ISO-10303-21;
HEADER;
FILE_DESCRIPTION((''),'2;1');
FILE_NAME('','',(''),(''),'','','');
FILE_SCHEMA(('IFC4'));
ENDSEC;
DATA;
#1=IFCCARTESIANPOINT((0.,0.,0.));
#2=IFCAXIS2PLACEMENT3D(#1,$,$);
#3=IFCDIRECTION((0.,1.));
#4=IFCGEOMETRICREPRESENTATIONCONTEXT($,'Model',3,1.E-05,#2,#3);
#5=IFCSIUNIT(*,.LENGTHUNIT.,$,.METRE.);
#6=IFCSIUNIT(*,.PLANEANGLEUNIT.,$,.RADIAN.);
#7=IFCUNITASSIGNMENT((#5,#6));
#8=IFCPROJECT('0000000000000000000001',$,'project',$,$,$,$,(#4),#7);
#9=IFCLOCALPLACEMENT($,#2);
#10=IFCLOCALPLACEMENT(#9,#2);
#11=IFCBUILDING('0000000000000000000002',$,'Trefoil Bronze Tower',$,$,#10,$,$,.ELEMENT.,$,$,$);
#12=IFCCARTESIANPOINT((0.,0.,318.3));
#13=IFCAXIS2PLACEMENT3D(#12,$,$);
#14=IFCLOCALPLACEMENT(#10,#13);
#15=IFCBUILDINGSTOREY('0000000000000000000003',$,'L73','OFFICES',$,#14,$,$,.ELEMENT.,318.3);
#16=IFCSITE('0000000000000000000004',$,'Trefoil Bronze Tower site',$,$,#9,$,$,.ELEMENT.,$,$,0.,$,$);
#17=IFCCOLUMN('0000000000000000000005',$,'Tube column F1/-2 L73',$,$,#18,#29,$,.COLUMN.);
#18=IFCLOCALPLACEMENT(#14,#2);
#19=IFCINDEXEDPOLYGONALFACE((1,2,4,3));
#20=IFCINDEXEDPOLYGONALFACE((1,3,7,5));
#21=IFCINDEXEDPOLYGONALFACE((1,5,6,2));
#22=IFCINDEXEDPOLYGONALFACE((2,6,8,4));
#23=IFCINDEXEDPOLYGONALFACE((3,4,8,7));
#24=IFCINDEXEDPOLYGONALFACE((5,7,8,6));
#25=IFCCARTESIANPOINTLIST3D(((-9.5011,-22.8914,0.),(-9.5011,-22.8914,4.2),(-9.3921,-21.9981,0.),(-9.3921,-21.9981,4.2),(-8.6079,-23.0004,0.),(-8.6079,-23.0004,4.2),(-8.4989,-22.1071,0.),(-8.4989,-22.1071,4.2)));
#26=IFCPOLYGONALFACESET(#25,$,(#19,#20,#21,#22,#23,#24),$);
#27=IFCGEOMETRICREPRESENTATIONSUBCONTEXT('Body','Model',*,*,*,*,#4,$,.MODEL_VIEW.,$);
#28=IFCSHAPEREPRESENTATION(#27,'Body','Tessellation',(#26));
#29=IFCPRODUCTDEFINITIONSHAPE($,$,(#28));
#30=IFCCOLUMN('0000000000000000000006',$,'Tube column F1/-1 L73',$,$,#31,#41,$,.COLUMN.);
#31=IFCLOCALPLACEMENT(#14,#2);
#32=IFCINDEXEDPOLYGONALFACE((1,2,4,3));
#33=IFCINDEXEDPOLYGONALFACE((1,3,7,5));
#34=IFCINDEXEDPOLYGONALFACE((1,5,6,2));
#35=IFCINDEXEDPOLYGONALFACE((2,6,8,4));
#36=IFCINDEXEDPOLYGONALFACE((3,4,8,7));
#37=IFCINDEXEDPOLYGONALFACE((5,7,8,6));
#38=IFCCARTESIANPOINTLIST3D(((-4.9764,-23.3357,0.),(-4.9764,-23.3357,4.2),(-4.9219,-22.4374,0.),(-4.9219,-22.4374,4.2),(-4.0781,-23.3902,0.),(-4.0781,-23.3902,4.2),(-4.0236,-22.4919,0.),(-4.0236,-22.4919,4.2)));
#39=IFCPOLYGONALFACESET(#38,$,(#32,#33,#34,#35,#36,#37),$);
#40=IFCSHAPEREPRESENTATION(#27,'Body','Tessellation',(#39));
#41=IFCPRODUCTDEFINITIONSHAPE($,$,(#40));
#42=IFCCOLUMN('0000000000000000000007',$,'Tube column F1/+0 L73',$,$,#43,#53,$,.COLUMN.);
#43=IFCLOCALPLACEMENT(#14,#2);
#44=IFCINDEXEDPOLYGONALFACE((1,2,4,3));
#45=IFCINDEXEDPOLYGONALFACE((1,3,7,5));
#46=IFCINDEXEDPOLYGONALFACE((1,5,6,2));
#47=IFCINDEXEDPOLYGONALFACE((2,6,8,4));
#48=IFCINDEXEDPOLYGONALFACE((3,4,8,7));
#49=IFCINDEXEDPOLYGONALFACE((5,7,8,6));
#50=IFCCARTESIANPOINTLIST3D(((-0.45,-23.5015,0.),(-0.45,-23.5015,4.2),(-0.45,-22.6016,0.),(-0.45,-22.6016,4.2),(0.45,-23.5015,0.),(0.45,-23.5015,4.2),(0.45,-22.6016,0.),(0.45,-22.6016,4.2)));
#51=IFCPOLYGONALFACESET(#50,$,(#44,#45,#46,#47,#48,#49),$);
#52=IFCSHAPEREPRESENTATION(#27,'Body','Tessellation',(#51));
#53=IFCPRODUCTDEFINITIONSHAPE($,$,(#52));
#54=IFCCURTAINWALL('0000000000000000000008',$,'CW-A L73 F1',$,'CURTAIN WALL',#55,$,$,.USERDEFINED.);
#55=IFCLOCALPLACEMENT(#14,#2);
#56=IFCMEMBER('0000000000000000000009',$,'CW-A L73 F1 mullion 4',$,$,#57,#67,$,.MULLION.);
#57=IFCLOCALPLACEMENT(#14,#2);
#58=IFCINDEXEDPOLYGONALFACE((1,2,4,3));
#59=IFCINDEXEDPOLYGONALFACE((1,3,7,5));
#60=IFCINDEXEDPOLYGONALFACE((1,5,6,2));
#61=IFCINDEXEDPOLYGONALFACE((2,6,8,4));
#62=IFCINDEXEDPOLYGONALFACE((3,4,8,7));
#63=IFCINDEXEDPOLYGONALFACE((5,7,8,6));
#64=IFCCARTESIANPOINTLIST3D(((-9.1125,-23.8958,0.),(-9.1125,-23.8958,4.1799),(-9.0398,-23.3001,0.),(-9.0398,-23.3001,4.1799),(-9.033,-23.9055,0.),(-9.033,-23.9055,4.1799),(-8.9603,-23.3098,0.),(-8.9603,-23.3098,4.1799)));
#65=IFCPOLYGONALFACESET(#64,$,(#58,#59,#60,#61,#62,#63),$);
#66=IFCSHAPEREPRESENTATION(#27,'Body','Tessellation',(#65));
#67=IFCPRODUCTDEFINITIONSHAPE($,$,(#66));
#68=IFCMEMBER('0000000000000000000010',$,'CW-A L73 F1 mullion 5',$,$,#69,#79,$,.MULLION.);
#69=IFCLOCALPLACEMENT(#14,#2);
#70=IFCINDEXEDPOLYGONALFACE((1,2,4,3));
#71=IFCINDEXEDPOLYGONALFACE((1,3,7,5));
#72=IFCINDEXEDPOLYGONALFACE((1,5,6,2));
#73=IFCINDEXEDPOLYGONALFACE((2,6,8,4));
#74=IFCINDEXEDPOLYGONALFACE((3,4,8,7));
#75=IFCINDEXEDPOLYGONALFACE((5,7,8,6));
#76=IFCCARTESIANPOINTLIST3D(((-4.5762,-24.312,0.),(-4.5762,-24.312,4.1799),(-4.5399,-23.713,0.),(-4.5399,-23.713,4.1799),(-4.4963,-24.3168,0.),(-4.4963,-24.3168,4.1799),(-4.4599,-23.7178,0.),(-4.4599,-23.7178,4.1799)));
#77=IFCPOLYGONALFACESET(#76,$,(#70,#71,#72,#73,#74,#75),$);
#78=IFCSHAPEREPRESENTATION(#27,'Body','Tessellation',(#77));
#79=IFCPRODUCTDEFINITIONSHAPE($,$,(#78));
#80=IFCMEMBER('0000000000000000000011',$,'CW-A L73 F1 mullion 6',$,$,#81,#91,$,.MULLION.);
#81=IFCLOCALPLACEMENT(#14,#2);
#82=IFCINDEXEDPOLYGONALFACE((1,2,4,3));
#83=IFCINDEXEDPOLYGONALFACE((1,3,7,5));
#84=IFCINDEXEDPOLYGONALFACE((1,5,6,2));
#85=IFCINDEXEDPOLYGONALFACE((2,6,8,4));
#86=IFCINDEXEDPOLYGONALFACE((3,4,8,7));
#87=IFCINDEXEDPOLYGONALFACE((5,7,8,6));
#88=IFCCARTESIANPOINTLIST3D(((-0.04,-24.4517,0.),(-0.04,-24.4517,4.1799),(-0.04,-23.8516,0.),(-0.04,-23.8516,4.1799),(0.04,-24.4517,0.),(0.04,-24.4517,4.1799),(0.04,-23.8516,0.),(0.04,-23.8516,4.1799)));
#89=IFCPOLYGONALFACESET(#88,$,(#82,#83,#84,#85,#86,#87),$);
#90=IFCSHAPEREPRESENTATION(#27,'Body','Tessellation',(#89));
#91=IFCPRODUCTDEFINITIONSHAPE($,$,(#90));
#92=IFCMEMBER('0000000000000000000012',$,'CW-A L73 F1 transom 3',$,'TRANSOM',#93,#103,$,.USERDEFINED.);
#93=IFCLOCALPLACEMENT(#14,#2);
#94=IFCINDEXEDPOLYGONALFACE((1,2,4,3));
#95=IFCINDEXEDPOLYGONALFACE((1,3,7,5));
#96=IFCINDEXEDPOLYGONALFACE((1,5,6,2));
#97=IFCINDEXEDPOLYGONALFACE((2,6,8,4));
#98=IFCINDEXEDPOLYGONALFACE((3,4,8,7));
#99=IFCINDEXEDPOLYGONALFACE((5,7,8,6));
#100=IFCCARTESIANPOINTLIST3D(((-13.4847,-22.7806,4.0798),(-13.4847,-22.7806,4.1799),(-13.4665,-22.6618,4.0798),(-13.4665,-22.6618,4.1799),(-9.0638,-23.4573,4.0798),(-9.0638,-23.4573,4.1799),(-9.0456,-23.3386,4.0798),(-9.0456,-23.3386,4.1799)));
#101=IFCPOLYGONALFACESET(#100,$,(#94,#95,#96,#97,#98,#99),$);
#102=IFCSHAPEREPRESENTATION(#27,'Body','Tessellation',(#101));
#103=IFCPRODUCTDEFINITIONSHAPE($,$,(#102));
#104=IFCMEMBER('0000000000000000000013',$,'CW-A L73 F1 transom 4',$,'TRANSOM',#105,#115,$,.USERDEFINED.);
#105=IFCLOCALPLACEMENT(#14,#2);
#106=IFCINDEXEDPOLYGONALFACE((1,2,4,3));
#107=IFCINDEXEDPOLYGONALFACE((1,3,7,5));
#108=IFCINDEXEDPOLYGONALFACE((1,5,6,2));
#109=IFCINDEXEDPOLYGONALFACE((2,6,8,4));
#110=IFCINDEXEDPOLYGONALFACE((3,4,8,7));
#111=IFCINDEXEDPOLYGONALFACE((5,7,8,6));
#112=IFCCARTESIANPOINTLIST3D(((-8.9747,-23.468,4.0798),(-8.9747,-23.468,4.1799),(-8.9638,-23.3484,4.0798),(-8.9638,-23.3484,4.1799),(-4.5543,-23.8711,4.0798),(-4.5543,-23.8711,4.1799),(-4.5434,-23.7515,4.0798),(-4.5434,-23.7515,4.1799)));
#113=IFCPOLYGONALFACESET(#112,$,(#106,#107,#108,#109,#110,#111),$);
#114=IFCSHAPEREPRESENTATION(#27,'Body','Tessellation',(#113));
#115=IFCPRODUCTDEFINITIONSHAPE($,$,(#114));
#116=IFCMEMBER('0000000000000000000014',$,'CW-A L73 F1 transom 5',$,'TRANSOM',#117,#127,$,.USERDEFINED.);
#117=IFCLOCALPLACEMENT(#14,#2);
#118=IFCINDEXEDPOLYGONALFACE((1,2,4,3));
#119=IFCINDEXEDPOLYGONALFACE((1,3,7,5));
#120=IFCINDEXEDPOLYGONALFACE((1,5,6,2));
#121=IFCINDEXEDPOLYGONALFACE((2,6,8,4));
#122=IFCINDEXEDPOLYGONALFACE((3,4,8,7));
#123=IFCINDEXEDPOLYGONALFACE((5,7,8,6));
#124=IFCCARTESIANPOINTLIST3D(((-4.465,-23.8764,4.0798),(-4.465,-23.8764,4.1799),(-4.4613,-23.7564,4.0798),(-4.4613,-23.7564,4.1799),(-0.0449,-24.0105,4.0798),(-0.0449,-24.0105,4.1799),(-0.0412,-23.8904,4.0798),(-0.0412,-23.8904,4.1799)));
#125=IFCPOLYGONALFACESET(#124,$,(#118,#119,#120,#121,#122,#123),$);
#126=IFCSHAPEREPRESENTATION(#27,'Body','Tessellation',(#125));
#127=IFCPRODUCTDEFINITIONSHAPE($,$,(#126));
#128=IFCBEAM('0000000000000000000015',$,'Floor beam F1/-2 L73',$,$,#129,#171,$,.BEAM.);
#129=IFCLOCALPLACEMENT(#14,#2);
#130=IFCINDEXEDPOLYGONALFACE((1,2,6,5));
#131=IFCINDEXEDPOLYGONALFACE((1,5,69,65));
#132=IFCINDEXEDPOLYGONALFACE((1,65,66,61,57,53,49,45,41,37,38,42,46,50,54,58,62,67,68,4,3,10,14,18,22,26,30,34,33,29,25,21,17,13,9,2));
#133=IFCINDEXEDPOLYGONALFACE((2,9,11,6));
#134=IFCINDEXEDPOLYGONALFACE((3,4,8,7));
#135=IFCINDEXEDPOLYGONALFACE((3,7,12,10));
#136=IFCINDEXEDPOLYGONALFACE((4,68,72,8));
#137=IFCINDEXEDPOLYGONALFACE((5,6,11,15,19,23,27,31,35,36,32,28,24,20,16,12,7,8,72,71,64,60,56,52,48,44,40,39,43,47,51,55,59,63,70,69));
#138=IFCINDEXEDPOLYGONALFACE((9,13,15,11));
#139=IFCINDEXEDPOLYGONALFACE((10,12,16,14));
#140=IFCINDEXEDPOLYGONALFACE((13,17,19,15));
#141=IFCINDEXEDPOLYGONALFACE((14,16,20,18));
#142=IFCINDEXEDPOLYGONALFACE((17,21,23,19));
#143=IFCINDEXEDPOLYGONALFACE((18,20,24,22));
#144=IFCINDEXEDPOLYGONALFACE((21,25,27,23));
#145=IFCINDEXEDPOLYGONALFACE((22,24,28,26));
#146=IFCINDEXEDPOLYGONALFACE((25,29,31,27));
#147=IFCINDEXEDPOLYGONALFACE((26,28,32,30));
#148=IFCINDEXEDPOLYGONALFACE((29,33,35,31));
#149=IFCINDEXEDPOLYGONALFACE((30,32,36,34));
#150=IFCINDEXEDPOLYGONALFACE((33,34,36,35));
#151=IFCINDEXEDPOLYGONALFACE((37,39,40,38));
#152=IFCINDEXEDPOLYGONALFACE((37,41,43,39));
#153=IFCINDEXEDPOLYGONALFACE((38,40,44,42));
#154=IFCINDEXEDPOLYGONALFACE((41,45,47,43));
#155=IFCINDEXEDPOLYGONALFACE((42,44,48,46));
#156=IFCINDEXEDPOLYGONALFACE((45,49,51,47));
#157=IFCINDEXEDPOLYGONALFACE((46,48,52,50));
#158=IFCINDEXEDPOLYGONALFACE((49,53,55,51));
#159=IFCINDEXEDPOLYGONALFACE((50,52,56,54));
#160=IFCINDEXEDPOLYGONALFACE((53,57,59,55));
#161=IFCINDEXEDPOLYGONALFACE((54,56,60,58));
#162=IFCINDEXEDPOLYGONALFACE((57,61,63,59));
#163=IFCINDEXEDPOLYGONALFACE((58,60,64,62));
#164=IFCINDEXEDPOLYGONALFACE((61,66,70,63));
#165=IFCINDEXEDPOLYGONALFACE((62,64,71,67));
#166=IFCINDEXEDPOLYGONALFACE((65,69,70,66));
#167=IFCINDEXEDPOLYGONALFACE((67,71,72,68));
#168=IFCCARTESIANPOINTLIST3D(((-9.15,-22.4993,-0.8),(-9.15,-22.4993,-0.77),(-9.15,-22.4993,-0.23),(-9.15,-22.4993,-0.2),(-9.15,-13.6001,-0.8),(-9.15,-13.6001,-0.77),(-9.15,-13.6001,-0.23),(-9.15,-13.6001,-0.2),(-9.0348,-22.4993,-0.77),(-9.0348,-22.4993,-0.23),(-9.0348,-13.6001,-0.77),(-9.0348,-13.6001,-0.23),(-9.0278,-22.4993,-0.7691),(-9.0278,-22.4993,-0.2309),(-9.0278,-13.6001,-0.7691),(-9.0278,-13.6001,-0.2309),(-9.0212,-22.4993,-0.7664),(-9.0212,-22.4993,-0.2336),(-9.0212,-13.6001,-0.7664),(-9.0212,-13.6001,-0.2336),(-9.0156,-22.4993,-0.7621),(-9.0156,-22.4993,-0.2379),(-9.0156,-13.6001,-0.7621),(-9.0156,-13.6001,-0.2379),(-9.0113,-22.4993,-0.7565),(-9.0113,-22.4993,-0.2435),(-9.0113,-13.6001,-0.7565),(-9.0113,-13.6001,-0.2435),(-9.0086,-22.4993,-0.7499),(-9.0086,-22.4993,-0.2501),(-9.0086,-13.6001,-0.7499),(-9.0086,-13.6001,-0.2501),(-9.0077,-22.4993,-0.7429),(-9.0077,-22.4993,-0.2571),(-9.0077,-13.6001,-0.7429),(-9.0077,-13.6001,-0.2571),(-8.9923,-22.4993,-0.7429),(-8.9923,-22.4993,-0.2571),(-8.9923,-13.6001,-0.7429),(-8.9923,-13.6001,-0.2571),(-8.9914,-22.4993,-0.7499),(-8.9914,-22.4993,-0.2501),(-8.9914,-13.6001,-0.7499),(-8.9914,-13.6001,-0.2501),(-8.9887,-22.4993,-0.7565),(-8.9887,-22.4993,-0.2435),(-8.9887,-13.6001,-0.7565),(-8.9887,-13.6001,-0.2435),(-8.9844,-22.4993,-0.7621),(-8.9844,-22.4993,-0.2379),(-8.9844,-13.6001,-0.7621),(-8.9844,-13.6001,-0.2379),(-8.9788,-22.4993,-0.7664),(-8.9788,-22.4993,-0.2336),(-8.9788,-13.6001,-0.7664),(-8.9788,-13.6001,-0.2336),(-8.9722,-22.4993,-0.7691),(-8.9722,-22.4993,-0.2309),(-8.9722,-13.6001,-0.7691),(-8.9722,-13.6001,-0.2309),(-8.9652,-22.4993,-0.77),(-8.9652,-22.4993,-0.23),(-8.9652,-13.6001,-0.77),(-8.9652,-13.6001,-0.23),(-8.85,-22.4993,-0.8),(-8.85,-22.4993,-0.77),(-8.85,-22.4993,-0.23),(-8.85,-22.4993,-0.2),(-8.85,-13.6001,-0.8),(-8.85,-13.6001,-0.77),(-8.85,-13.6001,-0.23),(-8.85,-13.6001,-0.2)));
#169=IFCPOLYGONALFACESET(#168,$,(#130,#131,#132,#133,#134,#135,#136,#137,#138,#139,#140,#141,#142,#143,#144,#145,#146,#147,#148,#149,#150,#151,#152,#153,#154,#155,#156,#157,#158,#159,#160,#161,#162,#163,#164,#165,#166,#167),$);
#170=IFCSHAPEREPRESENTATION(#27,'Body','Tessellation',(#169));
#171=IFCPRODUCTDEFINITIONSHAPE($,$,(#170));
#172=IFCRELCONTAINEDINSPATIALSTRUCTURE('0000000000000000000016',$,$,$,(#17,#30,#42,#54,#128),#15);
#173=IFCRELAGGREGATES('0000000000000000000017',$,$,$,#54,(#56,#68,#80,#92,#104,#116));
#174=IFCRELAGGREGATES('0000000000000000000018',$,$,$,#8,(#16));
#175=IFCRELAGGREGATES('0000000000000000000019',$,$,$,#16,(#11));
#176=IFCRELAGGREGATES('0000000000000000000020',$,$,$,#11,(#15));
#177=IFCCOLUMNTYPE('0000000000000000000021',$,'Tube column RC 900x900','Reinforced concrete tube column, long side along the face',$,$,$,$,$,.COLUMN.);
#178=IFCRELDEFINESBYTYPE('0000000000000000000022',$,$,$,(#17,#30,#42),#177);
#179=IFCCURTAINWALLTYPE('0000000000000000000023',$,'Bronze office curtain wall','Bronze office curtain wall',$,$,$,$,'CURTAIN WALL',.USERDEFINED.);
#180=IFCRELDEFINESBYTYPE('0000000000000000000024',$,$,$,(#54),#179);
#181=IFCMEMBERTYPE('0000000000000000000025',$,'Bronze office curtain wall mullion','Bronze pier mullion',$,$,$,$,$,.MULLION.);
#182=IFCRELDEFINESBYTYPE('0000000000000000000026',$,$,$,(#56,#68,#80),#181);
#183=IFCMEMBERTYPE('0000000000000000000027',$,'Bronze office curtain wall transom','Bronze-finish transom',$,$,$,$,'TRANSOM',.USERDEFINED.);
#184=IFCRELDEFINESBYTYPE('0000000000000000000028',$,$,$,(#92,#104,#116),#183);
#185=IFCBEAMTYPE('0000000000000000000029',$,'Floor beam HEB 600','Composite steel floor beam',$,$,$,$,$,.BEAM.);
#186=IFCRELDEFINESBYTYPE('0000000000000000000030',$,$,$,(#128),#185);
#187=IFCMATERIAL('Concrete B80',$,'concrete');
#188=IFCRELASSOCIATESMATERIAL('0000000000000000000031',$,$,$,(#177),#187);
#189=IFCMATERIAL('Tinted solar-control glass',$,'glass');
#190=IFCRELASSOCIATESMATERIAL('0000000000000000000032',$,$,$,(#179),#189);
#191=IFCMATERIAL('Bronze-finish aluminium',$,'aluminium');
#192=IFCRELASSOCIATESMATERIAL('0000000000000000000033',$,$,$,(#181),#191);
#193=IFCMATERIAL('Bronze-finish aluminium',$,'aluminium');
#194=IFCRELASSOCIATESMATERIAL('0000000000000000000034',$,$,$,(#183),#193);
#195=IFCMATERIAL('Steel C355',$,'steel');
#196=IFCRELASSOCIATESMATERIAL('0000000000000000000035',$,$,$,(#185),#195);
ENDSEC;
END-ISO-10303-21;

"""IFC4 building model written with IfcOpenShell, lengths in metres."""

from ifc_helpers import new_model, si_unit, direction, frame, origin, origin_2d, place, context, subcontext, project, spatial, rectangle, i_section, extrude, material, material_profile, profile_set, type_object, element, aggregate, save


model = new_model("IFC4")

# Units and contexts
model_context = context("Model", 3, precision=1e-05, world=origin(), true_north=direction((0.0, 1.0)))
body_context = subcontext(model_context, "Body", "Model", "MODEL_VIEW")
ifc_project = project(units=[si_unit("LENGTHUNIT", "METRE"), si_unit("PLANEANGLEUNIT", "RADIAN")], contexts=[model_context])

# Site, building, storey
site_placement = place(None, origin())
site = spatial("IfcSite", under=ifc_project, at=site_placement, Name="Trefoil Bronze Tower site", CompositionType="ELEMENT", RefElevation=0.0)
building_placement = place(site_placement, origin())
building = spatial("IfcBuilding", under=site, at=building_placement, Name="Trefoil Bronze Tower", CompositionType="ELEMENT")
storey_placement = place(building_placement, frame((0.0, 0.0, 318.3)))
storey = spatial("IfcBuildingStorey", under=building, at=storey_placement, Name="L73", Description="OFFICES", CompositionType="ELEMENT", Elevation=318.3)

# Columns
ifc_material_1 = material(Name="Concrete B80", Category="concrete")
ifc_material_profile_1 = material_profile(ifc_material_1, rectangle(XDim=0.8999, YDim=0.8999, at=origin_2d()), Name="RC 900x900")
ifc_profile_set_1 = profile_set([ifc_material_profile_1], Name="Concrete B80")
column_type = type_object("IfcColumnType", Name="Tube column RC 900x900", Description="Reinforced concrete tube column, long side along the face", PredefinedType="COLUMN", material=ifc_profile_set_1)
for number, where, z_axis, x_axis, name in (
    (1, (-9.0, -22.4993, 0.0), (0.0, 0.0, 1.0), (0.992639, -0.121109, 0.0), "Tube column F1/-2 L73"),
    (2, (-4.5, -22.9138, 0.0), (0.0, 0.0, 1.0), (0.998165, -0.060554, 0.0), "Tube column F1/-1 L73"),
    (3, (0.0, -23.0515, 0.0), (0.0, 0.0, 1.0), (1.0, 0.0, 0.0), "Tube column F1/+0 L73"),
):
    element("IfcColumn", number, at=place(storey_placement, frame(where, z_axis=z_axis, x_axis=x_axis)), inside=storey, type_object=column_type, Name=name, PredefinedType="COLUMN", context=body_context, shape_type="SweptSolid", body=[
        extrude(rectangle(XDim=0.8999, YDim=0.8999, at=origin_2d()), origin(), (0.0, 0.0, 1.0), 4.2),
    ])

# Curtain wall, members
ifc_material_2 = material(Name="Tinted solar-control glass", Category="glass")
curtain_wall_type = type_object("IfcCurtainWallType", Name="Bronze office curtain wall", Description="Bronze office curtain wall", ElementType="CURTAIN WALL", PredefinedType="USERDEFINED", material=ifc_material_2)
curtain_wall_placement = place(storey_placement, origin())
curtain_wall = element("IfcCurtainWall", 4, at=curtain_wall_placement, inside=storey, type_object=curtain_wall_type, Name="CW-A L73 F1", ObjectType="CURTAIN WALL", PredefinedType="USERDEFINED")
ifc_material_3 = material(Name="Bronze-finish aluminium", Category="aluminium")
ifc_material_profile_2 = material_profile(ifc_material_3, rectangle(XDim=0.6001, YDim=0.0801, at=origin_2d()), Name="CW-A mullion")
ifc_profile_set_2 = profile_set([ifc_material_profile_2], Name="Bronze-finish aluminium")
member_type_1 = type_object("IfcMemberType", Name="Bronze office curtain wall mullion", Description="Bronze pier mullion", PredefinedType="MULLION", material=ifc_profile_set_2)
member_1_placement = place(storey_placement, frame((-9.0364, -23.6028, 0.0), z_axis=(0.0, 0.0, 1.0), x_axis=(0.121109, 0.992639, 0.0)))
member_1 = element("IfcMember", 5, at=member_1_placement, type_object=member_type_1, Name="CW-A L73 F1 mullion 4", PredefinedType="MULLION", context=body_context, shape_type="SweptSolid", body=[
    extrude(rectangle(XDim=0.6001, YDim=0.0801, at=origin_2d()), origin(), (0.0, 0.0, 1.0), 4.1799),
])
member_2_placement = place(storey_placement, frame((-4.5181, -24.0149, 0.0), z_axis=(0.0, 0.0, 1.0), x_axis=(0.060554, 0.998165, 0.0)))
member_2 = element("IfcMember", 6, at=member_2_placement, type_object=member_type_1, Name="CW-A L73 F1 mullion 5", PredefinedType="MULLION", context=body_context, shape_type="SweptSolid", body=[
    extrude(rectangle(XDim=0.6001, YDim=0.0801, at=origin_2d()), origin(), (0.0, 0.0, 1.0), 4.1799),
])
member_3_placement = place(storey_placement, frame((0.0, -24.1516, 0.0), z_axis=(0.0, 0.0, 1.0), x_axis=(0.0, 1.0, 0.0)))
member_3 = element("IfcMember", 7, at=member_3_placement, type_object=member_type_1, Name="CW-A L73 F1 mullion 6", PredefinedType="MULLION", context=body_context, shape_type="SweptSolid", body=[
    extrude(rectangle(XDim=0.6001, YDim=0.0801, at=origin_2d()), origin(), (0.0, 0.0, 1.0), 4.1799),
])
ifc_material_4 = material(Name="Bronze-finish aluminium", Category="aluminium")
ifc_material_profile_3 = material_profile(ifc_material_4, rectangle(XDim=0.1201, YDim=0.1001, at=origin_2d()), Name="CW-A transom")
ifc_profile_set_3 = profile_set([ifc_material_profile_3], Name="Bronze-finish aluminium")
member_type_2 = type_object("IfcMemberType", Name="Bronze office curtain wall transom", Description="Bronze-finish transom", ElementType="TRANSOM", PredefinedType="USERDEFINED", material=ifc_profile_set_3)
member_4_placement = place(storey_placement, frame((-13.4756, -22.7212, 4.1299), z_axis=(0.988485, -0.151319, 0.0), x_axis=(0.151319, 0.988485, 0.0)))
member_4 = element("IfcMember", 8, at=member_4_placement, type_object=member_type_2, Name="CW-A L73 F1 transom 3", ObjectType="TRANSOM", PredefinedType="USERDEFINED", context=body_context, shape_type="SweptSolid", body=[
    extrude(rectangle(XDim=0.1201, YDim=0.1001, at=origin_2d()), origin(), (0.0, 0.0, 1.0), 4.4724),
])
member_5_placement = place(storey_placement, frame((-8.9692, -23.4082, 4.1299), z_axis=(0.995868, -0.090808, 0.0), x_axis=(0.090808, 0.995868, 0.0)))
member_5 = element("IfcMember", 9, at=member_5_placement, type_object=member_type_2, Name="CW-A L73 F1 transom 4", ObjectType="TRANSOM", PredefinedType="USERDEFINED", context=body_context, shape_type="SweptSolid", body=[
    extrude(rectangle(XDim=0.1201, YDim=0.1001, at=origin_2d()), origin(), (0.0, 0.0, 1.0), 4.4387),
])
member_6_placement = place(storey_placement, frame((-4.4631, -23.8164, 4.1299), z_axis=(0.999541, -0.030309, 0.0), x_axis=(0.030309, 0.999541, 0.0)))
member_6 = element("IfcMember", 10, at=member_6_placement, type_object=member_type_2, Name="CW-A L73 F1 transom 5", ObjectType="TRANSOM", PredefinedType="USERDEFINED", context=body_context, shape_type="SweptSolid", body=[
    extrude(rectangle(XDim=0.1201, YDim=0.1001, at=origin_2d()), origin(), (0.0, 0.0, 1.0), 4.4221),
])

# Beam
ifc_material_5 = material(Name="Steel C355", Category="steel")
ifc_material_profile_4 = material_profile(ifc_material_5, i_section(OverallWidth=0.3, OverallDepth=0.6001, WebThickness=0.0154, FlangeThickness=0.03, FilletRadius=0.0271, at=origin_2d()), Name="HEB 600")
ifc_profile_set_4 = profile_set([ifc_material_profile_4], Name="Steel C355")
beam_type_1 = type_object("IfcBeamType", Name="Floor beam HEB 600", Description="Composite steel floor beam", PredefinedType="BEAM", material=ifc_profile_set_4)
beam_1_placement = place(storey_placement, frame((-9.0, -22.4993, -0.5), z_axis=(0.0, 1.0, 0.0), x_axis=(-1.0, 0.0, 0.0)))
element("IfcBeam", 11, at=beam_1_placement, inside=storey, type_object=beam_type_1, Name="Floor beam F1/-2 L73", PredefinedType="BEAM", context=body_context, shape_type="SweptSolid", body=[
    extrude(i_section(OverallWidth=0.3, OverallDepth=0.6001, WebThickness=0.0154, FlangeThickness=0.03, FilletRadius=0.0271, at=origin_2d()), origin(), (0.0, 0.0, 1.0), 8.8992),
])

aggregate(curtain_wall, [member_1, member_2, member_3, member_4, member_5, member_6])

save(model, "model.ifc")
